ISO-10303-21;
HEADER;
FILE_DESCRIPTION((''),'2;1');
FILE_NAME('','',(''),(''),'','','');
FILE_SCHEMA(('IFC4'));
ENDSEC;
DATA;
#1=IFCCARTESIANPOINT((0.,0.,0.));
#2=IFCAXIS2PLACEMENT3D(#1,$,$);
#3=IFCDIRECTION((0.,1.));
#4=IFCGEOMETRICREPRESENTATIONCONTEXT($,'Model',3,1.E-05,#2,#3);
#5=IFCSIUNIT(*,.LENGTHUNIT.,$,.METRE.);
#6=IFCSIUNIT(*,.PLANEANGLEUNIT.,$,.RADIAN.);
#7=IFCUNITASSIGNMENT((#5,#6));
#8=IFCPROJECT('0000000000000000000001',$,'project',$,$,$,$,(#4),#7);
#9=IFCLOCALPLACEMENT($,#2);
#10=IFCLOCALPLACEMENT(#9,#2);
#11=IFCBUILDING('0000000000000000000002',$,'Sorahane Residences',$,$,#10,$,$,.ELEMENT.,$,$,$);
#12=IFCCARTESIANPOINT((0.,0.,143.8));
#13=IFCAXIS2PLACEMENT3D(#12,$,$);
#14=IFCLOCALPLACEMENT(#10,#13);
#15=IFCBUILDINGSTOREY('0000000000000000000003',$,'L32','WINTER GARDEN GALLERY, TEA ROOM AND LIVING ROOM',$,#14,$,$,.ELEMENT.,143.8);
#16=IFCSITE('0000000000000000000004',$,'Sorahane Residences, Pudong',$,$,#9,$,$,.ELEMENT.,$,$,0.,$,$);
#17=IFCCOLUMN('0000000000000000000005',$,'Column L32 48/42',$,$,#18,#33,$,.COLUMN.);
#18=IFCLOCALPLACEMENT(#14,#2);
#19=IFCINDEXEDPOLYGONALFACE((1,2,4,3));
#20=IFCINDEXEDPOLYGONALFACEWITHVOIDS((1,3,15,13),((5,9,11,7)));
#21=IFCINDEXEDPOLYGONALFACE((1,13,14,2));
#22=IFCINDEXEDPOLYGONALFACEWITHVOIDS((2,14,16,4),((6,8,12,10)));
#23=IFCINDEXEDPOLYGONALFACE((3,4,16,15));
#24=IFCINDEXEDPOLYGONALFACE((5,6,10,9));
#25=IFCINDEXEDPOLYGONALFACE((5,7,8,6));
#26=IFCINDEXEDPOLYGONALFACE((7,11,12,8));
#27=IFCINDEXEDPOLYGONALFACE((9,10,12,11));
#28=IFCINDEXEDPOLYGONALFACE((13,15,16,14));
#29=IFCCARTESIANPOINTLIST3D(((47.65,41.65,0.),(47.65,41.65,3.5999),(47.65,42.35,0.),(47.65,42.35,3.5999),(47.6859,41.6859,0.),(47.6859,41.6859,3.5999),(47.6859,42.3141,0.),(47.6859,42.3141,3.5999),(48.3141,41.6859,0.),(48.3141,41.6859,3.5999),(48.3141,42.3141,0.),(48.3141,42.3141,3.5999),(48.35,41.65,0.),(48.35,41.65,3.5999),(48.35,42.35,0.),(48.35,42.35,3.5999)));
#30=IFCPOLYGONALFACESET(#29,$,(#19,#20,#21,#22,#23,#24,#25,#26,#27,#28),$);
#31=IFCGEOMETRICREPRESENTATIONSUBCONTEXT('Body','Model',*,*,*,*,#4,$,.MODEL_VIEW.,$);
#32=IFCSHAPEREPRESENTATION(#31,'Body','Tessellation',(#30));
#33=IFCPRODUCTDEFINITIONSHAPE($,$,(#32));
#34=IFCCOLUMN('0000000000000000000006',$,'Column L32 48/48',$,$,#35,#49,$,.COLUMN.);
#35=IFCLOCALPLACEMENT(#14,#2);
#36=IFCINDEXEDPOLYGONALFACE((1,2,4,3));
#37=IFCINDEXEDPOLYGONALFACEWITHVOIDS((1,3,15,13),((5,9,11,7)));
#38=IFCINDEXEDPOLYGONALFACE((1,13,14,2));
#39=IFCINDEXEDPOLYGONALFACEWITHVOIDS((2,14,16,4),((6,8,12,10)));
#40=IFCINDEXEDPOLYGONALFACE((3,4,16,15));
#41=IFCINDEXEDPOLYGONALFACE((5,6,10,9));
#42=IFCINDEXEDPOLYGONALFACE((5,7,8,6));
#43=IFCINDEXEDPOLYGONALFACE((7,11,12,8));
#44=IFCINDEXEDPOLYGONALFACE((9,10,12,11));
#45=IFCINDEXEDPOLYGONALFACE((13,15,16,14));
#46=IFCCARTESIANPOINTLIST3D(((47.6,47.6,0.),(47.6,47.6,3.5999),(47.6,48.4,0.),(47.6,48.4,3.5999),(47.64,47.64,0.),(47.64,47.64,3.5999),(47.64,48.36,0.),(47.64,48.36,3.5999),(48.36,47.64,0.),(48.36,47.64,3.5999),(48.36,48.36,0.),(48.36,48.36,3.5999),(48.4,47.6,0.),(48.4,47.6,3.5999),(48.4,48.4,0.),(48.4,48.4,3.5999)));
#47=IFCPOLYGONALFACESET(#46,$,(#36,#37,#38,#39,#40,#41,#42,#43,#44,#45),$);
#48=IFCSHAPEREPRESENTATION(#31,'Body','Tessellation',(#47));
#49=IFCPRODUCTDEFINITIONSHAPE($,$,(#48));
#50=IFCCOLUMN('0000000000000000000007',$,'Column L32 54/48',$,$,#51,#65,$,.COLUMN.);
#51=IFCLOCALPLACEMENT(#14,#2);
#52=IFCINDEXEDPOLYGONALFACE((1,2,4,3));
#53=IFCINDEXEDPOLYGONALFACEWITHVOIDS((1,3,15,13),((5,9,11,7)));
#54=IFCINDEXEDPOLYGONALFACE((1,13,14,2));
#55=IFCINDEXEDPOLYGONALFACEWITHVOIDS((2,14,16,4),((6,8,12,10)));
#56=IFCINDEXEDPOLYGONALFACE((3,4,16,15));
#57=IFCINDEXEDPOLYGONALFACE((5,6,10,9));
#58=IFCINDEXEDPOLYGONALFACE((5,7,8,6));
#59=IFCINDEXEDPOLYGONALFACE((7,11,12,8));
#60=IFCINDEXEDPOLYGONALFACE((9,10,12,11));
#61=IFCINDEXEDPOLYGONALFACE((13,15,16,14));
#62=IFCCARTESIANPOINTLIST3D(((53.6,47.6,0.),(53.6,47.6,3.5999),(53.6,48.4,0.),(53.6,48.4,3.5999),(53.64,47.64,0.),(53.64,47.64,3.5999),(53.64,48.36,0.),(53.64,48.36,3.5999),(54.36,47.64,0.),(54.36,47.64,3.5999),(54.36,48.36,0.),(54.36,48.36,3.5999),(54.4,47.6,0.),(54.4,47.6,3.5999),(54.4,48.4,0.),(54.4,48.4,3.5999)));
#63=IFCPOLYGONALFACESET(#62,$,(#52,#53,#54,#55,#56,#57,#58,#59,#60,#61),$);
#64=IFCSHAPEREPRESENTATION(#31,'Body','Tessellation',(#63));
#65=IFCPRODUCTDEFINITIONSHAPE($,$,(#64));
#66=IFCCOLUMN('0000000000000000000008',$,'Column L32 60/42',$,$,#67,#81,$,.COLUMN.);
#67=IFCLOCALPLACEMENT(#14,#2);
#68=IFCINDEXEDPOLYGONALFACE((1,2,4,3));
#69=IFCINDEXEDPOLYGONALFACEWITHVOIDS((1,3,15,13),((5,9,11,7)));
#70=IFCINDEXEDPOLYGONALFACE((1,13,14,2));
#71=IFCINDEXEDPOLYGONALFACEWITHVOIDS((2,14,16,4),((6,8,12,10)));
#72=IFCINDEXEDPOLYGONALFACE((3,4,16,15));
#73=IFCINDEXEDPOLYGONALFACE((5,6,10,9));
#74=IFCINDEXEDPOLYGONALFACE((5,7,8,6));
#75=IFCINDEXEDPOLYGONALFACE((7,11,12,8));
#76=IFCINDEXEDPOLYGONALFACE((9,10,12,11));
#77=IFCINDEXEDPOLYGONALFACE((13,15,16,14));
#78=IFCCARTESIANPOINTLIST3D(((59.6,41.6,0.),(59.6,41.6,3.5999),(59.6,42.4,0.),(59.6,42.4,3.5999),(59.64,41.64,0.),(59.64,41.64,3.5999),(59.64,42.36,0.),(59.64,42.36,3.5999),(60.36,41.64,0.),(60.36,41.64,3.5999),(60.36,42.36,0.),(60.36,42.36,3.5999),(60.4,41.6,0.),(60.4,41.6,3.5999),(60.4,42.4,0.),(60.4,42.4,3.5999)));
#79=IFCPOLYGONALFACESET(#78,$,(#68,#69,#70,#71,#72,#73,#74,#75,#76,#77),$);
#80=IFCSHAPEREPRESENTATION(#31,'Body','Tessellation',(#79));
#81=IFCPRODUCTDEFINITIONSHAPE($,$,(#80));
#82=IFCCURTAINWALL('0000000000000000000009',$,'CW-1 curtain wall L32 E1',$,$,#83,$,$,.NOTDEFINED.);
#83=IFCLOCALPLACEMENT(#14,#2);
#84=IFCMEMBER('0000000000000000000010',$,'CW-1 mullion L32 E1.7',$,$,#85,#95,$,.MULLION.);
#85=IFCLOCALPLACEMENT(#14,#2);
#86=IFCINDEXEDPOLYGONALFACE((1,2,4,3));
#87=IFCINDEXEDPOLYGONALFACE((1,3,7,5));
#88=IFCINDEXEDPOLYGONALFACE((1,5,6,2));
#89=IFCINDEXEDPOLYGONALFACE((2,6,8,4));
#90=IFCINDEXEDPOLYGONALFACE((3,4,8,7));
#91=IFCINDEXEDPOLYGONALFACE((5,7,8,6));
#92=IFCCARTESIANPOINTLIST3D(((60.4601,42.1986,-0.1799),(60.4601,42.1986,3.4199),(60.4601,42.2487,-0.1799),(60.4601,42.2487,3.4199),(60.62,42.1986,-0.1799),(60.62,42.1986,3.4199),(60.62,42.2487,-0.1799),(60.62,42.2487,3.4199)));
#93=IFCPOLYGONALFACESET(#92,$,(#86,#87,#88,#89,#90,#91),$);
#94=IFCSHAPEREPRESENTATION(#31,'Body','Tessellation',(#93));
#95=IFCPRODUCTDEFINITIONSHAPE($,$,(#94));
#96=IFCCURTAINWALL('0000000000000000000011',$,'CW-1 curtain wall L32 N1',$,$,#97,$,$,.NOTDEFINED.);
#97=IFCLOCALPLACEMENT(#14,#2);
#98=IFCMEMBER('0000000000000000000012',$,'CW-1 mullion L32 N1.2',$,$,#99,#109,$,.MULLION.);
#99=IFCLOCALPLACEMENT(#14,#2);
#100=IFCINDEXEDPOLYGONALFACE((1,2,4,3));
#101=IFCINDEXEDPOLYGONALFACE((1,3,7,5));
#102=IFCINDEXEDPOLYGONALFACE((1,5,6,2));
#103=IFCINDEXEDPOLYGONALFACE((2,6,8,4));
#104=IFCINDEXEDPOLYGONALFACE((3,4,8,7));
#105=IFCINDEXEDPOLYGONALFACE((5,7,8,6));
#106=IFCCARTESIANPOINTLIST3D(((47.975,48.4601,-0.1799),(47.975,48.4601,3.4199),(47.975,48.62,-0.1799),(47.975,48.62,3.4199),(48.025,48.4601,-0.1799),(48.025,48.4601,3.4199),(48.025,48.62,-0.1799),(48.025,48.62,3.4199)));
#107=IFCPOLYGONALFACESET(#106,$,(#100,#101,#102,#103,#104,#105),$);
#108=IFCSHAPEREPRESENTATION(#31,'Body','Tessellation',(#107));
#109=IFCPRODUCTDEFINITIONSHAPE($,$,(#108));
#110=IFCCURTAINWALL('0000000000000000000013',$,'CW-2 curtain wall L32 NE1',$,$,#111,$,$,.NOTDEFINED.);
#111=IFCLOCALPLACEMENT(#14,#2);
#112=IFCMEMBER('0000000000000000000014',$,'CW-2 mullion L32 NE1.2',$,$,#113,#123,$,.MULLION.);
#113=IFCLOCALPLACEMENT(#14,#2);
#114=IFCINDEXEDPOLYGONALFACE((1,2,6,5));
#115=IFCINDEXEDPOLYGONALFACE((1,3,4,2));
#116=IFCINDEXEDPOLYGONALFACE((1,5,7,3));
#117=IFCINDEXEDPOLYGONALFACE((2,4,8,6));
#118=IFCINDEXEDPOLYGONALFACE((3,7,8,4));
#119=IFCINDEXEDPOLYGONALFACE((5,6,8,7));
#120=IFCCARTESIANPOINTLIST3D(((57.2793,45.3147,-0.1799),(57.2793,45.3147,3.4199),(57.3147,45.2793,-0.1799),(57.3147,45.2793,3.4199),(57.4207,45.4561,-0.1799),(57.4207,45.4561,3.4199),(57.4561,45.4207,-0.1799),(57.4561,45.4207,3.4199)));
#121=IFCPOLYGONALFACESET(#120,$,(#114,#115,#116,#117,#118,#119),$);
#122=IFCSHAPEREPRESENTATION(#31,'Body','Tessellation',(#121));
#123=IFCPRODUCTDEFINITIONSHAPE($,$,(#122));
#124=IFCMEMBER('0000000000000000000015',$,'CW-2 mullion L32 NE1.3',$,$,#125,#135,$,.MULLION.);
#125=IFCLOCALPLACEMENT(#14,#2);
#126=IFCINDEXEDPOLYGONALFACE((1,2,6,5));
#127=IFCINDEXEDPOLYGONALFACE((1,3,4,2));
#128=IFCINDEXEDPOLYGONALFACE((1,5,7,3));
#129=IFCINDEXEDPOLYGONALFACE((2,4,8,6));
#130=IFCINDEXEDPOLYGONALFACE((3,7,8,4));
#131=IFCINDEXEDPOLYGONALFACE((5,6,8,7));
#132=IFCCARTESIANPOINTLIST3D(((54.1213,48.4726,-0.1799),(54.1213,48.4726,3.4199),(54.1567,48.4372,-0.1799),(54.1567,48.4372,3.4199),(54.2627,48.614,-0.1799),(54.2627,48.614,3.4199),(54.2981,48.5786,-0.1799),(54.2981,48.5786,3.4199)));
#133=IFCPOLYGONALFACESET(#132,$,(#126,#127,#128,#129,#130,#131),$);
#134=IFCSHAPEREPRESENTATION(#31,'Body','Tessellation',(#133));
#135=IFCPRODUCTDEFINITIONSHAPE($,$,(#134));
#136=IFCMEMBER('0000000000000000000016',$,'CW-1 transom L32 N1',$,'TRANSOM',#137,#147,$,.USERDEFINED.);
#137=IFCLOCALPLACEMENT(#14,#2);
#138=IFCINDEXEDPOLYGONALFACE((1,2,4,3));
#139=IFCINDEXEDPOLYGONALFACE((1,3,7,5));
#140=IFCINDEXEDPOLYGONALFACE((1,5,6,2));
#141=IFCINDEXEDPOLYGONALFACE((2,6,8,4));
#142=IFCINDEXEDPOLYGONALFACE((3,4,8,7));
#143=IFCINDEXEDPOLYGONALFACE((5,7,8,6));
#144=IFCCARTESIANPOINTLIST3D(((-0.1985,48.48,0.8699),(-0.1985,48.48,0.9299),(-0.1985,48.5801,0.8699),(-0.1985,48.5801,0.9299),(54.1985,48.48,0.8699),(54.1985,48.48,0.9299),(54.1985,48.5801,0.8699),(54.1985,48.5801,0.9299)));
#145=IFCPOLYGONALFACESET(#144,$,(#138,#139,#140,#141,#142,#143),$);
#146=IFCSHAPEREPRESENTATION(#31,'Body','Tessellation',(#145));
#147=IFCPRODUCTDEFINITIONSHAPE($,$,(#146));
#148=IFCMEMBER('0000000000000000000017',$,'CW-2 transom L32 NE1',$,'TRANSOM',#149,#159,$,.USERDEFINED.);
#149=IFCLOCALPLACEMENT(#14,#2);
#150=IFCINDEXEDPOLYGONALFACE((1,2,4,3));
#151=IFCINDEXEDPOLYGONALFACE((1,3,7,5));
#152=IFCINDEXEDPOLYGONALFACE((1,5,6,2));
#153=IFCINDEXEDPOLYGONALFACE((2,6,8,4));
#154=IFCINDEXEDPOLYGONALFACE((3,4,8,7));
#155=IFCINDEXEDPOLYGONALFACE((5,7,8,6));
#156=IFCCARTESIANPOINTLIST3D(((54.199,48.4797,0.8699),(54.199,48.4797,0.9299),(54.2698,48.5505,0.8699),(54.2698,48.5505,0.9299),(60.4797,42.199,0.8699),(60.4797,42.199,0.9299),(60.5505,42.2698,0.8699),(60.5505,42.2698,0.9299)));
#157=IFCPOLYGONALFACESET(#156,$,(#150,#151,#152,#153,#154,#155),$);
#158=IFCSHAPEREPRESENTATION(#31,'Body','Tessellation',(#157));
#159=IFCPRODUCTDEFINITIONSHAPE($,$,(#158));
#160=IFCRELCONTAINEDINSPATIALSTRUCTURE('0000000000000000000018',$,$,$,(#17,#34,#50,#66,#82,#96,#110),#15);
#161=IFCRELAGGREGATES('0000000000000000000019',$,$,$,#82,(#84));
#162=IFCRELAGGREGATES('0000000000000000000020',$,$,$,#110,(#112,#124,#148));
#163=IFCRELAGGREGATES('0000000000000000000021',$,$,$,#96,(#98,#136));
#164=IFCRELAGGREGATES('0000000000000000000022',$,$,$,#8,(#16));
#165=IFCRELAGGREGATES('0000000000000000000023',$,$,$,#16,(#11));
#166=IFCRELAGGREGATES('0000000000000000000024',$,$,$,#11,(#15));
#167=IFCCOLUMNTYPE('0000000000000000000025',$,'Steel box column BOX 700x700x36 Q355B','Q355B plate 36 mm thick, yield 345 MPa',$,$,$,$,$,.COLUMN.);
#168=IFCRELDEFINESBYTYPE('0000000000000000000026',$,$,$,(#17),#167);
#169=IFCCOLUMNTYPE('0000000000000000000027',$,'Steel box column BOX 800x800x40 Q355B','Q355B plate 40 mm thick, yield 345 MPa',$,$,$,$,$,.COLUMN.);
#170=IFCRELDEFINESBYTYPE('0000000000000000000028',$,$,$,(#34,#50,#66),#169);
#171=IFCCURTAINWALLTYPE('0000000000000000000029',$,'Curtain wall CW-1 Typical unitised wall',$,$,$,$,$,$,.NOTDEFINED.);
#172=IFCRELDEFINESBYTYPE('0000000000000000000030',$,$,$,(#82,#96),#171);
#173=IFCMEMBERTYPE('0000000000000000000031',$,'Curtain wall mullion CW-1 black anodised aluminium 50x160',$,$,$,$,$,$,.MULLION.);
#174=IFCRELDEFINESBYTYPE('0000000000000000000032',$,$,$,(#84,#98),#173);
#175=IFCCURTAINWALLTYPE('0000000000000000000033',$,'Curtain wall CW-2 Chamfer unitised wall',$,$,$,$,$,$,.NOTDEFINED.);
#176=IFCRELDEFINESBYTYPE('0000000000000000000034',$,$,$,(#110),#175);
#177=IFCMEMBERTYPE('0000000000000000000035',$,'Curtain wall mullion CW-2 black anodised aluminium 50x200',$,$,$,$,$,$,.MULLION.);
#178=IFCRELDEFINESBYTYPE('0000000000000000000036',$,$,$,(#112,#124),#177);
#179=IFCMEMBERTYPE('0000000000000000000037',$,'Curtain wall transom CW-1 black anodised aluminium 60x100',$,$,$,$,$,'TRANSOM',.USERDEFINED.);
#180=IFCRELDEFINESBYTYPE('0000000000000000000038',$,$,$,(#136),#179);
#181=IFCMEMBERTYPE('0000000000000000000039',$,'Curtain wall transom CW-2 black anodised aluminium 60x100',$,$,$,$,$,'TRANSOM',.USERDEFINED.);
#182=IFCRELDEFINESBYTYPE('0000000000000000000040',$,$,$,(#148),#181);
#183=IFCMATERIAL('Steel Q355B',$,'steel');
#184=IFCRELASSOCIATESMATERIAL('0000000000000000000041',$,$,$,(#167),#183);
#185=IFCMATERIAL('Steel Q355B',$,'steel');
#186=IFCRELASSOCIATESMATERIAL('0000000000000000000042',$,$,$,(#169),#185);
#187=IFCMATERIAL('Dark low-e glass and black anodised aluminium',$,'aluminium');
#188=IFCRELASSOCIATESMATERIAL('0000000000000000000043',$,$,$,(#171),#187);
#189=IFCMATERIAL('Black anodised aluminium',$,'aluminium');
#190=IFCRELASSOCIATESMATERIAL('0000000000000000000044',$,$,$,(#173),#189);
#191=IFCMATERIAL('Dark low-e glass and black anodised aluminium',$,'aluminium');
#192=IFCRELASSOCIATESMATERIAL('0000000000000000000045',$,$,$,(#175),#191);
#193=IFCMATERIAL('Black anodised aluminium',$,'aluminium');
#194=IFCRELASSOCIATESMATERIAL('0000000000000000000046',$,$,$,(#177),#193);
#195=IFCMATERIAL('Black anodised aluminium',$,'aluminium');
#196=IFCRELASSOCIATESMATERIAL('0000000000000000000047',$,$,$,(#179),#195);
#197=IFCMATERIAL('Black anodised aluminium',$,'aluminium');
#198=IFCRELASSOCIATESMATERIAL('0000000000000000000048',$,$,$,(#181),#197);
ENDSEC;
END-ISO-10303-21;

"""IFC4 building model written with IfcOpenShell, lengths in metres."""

from ifc_helpers import new_model, si_unit, direction, frame, origin, origin_2d, place, context, subcontext, project, spatial, rectangle, hollow_rectangle, extrude, material, material_profile, profile_set, type_object, element, aggregate, save


model = new_model("IFC4")

# Units and contexts
model_context = context("Model", 3, precision=1e-05, world=origin(), true_north=direction((0.0, 1.0)))
body_context = subcontext(model_context, "Body", "Model", "MODEL_VIEW")
ifc_project = project(units=[si_unit("LENGTHUNIT", "METRE"), si_unit("PLANEANGLEUNIT", "RADIAN")], contexts=[model_context])

# Site, building, storey
site_placement = place(None, origin())
site = spatial("IfcSite", under=ifc_project, at=site_placement, Name="Sorahane Residences, Pudong", CompositionType="ELEMENT", RefElevation=0.0)
building_placement = place(site_placement, origin())
building = spatial("IfcBuilding", under=site, at=building_placement, Name="Sorahane Residences", CompositionType="ELEMENT")
storey_placement = place(building_placement, frame((0.0, 0.0, 143.8)))
storey = spatial("IfcBuildingStorey", under=building, at=storey_placement, Name="L32", Description="WINTER GARDEN GALLERY, TEA ROOM AND LIVING ROOM", CompositionType="ELEMENT", Elevation=143.8)

# Columns
ifc_material_1 = material(Name="Steel Q355B", Category="steel")
ifc_material_profile_1 = material_profile(ifc_material_1, hollow_rectangle(XDim=0.7, YDim=0.7, WallThickness=0.0359, at=origin_2d()), Name="BOX 700x700x36")
ifc_profile_set_1 = profile_set([ifc_material_profile_1], Name="Steel Q355B")
column_type_1 = type_object("IfcColumnType", Name="Steel box column BOX 700x700x36 Q355B", Description="Q355B plate 36 mm thick, yield 345 MPa", PredefinedType="COLUMN", material=ifc_profile_set_1)
column_placement = place(storey_placement, frame((48.0, 42.0, 0.0), z_axis=(0.0, 0.0, 1.0), x_axis=(1.0, 0.0, 0.0)))
element("IfcColumn", 1, at=column_placement, inside=storey, type_object=column_type_1, Name="Column L32 48/42", PredefinedType="COLUMN", context=body_context, shape_type="SweptSolid", body=[
    extrude(hollow_rectangle(XDim=0.7, YDim=0.7, WallThickness=0.0359, at=origin_2d()), origin(), (0.0, 0.0, 1.0), 3.5999),
])
ifc_material_2 = material(Name="Steel Q355B", Category="steel")
ifc_material_profile_2 = material_profile(ifc_material_2, hollow_rectangle(XDim=0.8, YDim=0.8, WallThickness=0.04, at=origin_2d()), Name="BOX 800x800x40")
ifc_profile_set_2 = profile_set([ifc_material_profile_2], Name="Steel Q355B")
column_type_2 = type_object("IfcColumnType", Name="Steel box column BOX 800x800x40 Q355B", Description="Q355B plate 40 mm thick, yield 345 MPa", PredefinedType="COLUMN", material=ifc_profile_set_2)
for number, where, z_axis, x_axis, name in (
    (2, (48.0, 48.0, 0.0), (0.0, 0.0, 1.0), (1.0, 0.0, 0.0), "Column L32 48/48"),
    (3, (54.0, 48.0, 0.0), (0.0, 0.0, 1.0), (1.0, 0.0, 0.0), "Column L32 54/48"),
    (4, (60.0, 42.0, 0.0), (0.0, 0.0, 1.0), (1.0, 0.0, 0.0), "Column L32 60/42"),
):
    element("IfcColumn", number, at=place(storey_placement, frame(where, z_axis=z_axis, x_axis=x_axis)), inside=storey, type_object=column_type_2, Name=name, PredefinedType="COLUMN", context=body_context, shape_type="SweptSolid", body=[
        extrude(hollow_rectangle(XDim=0.8, YDim=0.8, WallThickness=0.04, at=origin_2d()), origin(), (0.0, 0.0, 1.0), 3.5999),
    ])

# Curtain walls, members
ifc_material_3 = material(Name="Dark low-e glass and black anodised aluminium", Category="aluminium")
curtain_wall_type_1 = type_object("IfcCurtainWallType", Name="Curtain wall CW-1 Typical unitised wall", PredefinedType="NOTDEFINED", material=ifc_material_3)
curtain_wall_1_placement = place(storey_placement, origin())
curtain_wall_1 = element("IfcCurtainWall", 5, at=curtain_wall_1_placement, inside=storey, type_object=curtain_wall_type_1, Name="CW-1 curtain wall L32 E1", PredefinedType="NOTDEFINED")
ifc_material_4 = material(Name="Black anodised aluminium", Category="aluminium")
ifc_material_profile_3 = material_profile(ifc_material_4, rectangle(XDim=0.1599, YDim=0.05, at=origin_2d()), Name="Curtain wall mullion CW-1 black anodised aluminium 50x160")
ifc_profile_set_3 = profile_set([ifc_material_profile_3], Name="Black anodised aluminium")
member_type_1 = type_object("IfcMemberType", Name="Curtain wall mullion CW-1 black anodised aluminium 50x160", PredefinedType="MULLION", material=ifc_profile_set_3)
member_1_placement = place(storey_placement, frame((60.54, 42.2236, -0.1799), z_axis=(0.0, 0.0, 1.0), x_axis=(1.0, 0.0, 0.0)))
member_1 = element("IfcMember", 6, at=member_1_placement, type_object=member_type_1, Name="CW-1 mullion L32 E1.7", PredefinedType="MULLION", context=body_context, shape_type="SweptSolid", body=[
    extrude(rectangle(XDim=0.1599, YDim=0.05, at=origin_2d()), origin(), (0.0, 0.0, 1.0), 3.5999),
])
aggregate(curtain_wall_1, [member_1])
curtain_wall_2_placement = place(storey_placement, origin())
curtain_wall_2 = element("IfcCurtainWall", 7, at=curtain_wall_2_placement, inside=storey, type_object=curtain_wall_type_1, Name="CW-1 curtain wall L32 N1", PredefinedType="NOTDEFINED")
member_2_placement = place(storey_placement, frame((48.0, 48.54, -0.1799), z_axis=(0.0, 0.0, 1.0), x_axis=(0.0, 1.0, 0.0)))
member_2 = element("IfcMember", 8, at=member_2_placement, type_object=member_type_1, Name="CW-1 mullion L32 N1.2", PredefinedType="MULLION", context=body_context, shape_type="SweptSolid", body=[
    extrude(rectangle(XDim=0.1599, YDim=0.05, at=origin_2d()), origin(), (0.0, 0.0, 1.0), 3.5999),
])

# Curtain wall, members
ifc_material_5 = material(Name="Dark low-e glass and black anodised aluminium", Category="aluminium")
curtain_wall_type_2 = type_object("IfcCurtainWallType", Name="Curtain wall CW-2 Chamfer unitised wall", PredefinedType="NOTDEFINED", material=ifc_material_5)
curtain_wall_3_placement = place(storey_placement, origin())
curtain_wall_3 = element("IfcCurtainWall", 9, at=curtain_wall_3_placement, inside=storey, type_object=curtain_wall_type_2, Name="CW-2 curtain wall L32 NE1", PredefinedType="NOTDEFINED")
ifc_material_6 = material(Name="Black anodised aluminium", Category="aluminium")
ifc_material_profile_4 = material_profile(ifc_material_6, rectangle(XDim=0.2, YDim=0.05, at=origin_2d()), Name="Curtain wall mullion CW-2 black anodised aluminium 50x200")
ifc_profile_set_4 = profile_set([ifc_material_profile_4], Name="Black anodised aluminium")
member_type_2 = type_object("IfcMemberType", Name="Curtain wall mullion CW-2 black anodised aluminium 50x200", PredefinedType="MULLION", material=ifc_profile_set_4)
member_3_placement = place(storey_placement, frame((57.3677, 45.3677, -0.1799), z_axis=(0.0, 0.0, 1.0), x_axis=(0.707107, 0.707107, 0.0)))
member_3 = element("IfcMember", 10, at=member_3_placement, type_object=member_type_2, Name="CW-2 mullion L32 NE1.2", PredefinedType="MULLION", context=body_context, shape_type="SweptSolid", body=[
    extrude(rectangle(XDim=0.2, YDim=0.05, at=origin_2d()), origin(), (0.0, 0.0, 1.0), 3.5999),
])
member_4_placement = place(storey_placement, frame((54.2097, 48.5256, -0.1799), z_axis=(0.0, 0.0, 1.0), x_axis=(0.707107, 0.707107, 0.0)))
member_4 = element("IfcMember", 11, at=member_4_placement, type_object=member_type_2, Name="CW-2 mullion L32 NE1.3", PredefinedType="MULLION", context=body_context, shape_type="SweptSolid", body=[
    extrude(rectangle(XDim=0.2, YDim=0.05, at=origin_2d()), origin(), (0.0, 0.0, 1.0), 3.5999),
])

# Members
ifc_material_7 = material(Name="Black anodised aluminium", Category="aluminium")
ifc_material_profile_5 = material_profile(ifc_material_7, rectangle(XDim=0.1001, YDim=0.0601, at=origin_2d()), Name="Curtain wall transom CW-1 black anodised aluminium 60x100")
ifc_profile_set_5 = profile_set([ifc_material_profile_5], Name="Black anodised aluminium")
member_type_3 = type_object("IfcMemberType", Name="Curtain wall transom CW-1 black anodised aluminium 60x100", ElementType="TRANSOM", PredefinedType="USERDEFINED", material=ifc_profile_set_5)
member_5_placement = place(storey_placement, frame((54.1985, 48.53, 0.8999), z_axis=(-1.0, 0.0, 0.0), x_axis=(0.0, -1.0, 0.0)))
member_5 = element("IfcMember", 12, at=member_5_placement, type_object=member_type_3, Name="CW-1 transom L32 N1", ObjectType="TRANSOM", PredefinedType="USERDEFINED", context=body_context, shape_type="SweptSolid", body=[
    extrude(rectangle(XDim=0.1001, YDim=0.0601, at=origin_2d()), origin(), (0.0, 0.0, 1.0), 54.397),
])
ifc_material_8 = material(Name="Black anodised aluminium", Category="aluminium")
ifc_material_profile_6 = material_profile(ifc_material_8, rectangle(XDim=0.1001, YDim=0.0601, at=origin_2d()), Name="Curtain wall transom CW-2 black anodised aluminium 60x100")
ifc_profile_set_6 = profile_set([ifc_material_profile_6], Name="Black anodised aluminium")
member_type_4 = type_object("IfcMemberType", Name="Curtain wall transom CW-2 black anodised aluminium 60x100", ElementType="TRANSOM", PredefinedType="USERDEFINED", material=ifc_profile_set_6)
member_6_placement = place(storey_placement, frame((60.5151, 42.2344, 0.8999), z_axis=(-0.707107, 0.707107, 0.0), x_axis=(-0.707107, -0.707107, 0.0)))
member_6 = element("IfcMember", 13, at=member_6_placement, type_object=member_type_4, Name="CW-2 transom L32 NE1", ObjectType="TRANSOM", PredefinedType="USERDEFINED", context=body_context, shape_type="SweptSolid", body=[
    extrude(rectangle(XDim=0.1001, YDim=0.0601, at=origin_2d()), origin(), (0.0, 0.0, 1.0), 8.8823),
])

aggregate(curtain_wall_3, [member_3, member_4, member_6])
aggregate(curtain_wall_2, [member_2, member_5])

save(model, "model.ifc")
